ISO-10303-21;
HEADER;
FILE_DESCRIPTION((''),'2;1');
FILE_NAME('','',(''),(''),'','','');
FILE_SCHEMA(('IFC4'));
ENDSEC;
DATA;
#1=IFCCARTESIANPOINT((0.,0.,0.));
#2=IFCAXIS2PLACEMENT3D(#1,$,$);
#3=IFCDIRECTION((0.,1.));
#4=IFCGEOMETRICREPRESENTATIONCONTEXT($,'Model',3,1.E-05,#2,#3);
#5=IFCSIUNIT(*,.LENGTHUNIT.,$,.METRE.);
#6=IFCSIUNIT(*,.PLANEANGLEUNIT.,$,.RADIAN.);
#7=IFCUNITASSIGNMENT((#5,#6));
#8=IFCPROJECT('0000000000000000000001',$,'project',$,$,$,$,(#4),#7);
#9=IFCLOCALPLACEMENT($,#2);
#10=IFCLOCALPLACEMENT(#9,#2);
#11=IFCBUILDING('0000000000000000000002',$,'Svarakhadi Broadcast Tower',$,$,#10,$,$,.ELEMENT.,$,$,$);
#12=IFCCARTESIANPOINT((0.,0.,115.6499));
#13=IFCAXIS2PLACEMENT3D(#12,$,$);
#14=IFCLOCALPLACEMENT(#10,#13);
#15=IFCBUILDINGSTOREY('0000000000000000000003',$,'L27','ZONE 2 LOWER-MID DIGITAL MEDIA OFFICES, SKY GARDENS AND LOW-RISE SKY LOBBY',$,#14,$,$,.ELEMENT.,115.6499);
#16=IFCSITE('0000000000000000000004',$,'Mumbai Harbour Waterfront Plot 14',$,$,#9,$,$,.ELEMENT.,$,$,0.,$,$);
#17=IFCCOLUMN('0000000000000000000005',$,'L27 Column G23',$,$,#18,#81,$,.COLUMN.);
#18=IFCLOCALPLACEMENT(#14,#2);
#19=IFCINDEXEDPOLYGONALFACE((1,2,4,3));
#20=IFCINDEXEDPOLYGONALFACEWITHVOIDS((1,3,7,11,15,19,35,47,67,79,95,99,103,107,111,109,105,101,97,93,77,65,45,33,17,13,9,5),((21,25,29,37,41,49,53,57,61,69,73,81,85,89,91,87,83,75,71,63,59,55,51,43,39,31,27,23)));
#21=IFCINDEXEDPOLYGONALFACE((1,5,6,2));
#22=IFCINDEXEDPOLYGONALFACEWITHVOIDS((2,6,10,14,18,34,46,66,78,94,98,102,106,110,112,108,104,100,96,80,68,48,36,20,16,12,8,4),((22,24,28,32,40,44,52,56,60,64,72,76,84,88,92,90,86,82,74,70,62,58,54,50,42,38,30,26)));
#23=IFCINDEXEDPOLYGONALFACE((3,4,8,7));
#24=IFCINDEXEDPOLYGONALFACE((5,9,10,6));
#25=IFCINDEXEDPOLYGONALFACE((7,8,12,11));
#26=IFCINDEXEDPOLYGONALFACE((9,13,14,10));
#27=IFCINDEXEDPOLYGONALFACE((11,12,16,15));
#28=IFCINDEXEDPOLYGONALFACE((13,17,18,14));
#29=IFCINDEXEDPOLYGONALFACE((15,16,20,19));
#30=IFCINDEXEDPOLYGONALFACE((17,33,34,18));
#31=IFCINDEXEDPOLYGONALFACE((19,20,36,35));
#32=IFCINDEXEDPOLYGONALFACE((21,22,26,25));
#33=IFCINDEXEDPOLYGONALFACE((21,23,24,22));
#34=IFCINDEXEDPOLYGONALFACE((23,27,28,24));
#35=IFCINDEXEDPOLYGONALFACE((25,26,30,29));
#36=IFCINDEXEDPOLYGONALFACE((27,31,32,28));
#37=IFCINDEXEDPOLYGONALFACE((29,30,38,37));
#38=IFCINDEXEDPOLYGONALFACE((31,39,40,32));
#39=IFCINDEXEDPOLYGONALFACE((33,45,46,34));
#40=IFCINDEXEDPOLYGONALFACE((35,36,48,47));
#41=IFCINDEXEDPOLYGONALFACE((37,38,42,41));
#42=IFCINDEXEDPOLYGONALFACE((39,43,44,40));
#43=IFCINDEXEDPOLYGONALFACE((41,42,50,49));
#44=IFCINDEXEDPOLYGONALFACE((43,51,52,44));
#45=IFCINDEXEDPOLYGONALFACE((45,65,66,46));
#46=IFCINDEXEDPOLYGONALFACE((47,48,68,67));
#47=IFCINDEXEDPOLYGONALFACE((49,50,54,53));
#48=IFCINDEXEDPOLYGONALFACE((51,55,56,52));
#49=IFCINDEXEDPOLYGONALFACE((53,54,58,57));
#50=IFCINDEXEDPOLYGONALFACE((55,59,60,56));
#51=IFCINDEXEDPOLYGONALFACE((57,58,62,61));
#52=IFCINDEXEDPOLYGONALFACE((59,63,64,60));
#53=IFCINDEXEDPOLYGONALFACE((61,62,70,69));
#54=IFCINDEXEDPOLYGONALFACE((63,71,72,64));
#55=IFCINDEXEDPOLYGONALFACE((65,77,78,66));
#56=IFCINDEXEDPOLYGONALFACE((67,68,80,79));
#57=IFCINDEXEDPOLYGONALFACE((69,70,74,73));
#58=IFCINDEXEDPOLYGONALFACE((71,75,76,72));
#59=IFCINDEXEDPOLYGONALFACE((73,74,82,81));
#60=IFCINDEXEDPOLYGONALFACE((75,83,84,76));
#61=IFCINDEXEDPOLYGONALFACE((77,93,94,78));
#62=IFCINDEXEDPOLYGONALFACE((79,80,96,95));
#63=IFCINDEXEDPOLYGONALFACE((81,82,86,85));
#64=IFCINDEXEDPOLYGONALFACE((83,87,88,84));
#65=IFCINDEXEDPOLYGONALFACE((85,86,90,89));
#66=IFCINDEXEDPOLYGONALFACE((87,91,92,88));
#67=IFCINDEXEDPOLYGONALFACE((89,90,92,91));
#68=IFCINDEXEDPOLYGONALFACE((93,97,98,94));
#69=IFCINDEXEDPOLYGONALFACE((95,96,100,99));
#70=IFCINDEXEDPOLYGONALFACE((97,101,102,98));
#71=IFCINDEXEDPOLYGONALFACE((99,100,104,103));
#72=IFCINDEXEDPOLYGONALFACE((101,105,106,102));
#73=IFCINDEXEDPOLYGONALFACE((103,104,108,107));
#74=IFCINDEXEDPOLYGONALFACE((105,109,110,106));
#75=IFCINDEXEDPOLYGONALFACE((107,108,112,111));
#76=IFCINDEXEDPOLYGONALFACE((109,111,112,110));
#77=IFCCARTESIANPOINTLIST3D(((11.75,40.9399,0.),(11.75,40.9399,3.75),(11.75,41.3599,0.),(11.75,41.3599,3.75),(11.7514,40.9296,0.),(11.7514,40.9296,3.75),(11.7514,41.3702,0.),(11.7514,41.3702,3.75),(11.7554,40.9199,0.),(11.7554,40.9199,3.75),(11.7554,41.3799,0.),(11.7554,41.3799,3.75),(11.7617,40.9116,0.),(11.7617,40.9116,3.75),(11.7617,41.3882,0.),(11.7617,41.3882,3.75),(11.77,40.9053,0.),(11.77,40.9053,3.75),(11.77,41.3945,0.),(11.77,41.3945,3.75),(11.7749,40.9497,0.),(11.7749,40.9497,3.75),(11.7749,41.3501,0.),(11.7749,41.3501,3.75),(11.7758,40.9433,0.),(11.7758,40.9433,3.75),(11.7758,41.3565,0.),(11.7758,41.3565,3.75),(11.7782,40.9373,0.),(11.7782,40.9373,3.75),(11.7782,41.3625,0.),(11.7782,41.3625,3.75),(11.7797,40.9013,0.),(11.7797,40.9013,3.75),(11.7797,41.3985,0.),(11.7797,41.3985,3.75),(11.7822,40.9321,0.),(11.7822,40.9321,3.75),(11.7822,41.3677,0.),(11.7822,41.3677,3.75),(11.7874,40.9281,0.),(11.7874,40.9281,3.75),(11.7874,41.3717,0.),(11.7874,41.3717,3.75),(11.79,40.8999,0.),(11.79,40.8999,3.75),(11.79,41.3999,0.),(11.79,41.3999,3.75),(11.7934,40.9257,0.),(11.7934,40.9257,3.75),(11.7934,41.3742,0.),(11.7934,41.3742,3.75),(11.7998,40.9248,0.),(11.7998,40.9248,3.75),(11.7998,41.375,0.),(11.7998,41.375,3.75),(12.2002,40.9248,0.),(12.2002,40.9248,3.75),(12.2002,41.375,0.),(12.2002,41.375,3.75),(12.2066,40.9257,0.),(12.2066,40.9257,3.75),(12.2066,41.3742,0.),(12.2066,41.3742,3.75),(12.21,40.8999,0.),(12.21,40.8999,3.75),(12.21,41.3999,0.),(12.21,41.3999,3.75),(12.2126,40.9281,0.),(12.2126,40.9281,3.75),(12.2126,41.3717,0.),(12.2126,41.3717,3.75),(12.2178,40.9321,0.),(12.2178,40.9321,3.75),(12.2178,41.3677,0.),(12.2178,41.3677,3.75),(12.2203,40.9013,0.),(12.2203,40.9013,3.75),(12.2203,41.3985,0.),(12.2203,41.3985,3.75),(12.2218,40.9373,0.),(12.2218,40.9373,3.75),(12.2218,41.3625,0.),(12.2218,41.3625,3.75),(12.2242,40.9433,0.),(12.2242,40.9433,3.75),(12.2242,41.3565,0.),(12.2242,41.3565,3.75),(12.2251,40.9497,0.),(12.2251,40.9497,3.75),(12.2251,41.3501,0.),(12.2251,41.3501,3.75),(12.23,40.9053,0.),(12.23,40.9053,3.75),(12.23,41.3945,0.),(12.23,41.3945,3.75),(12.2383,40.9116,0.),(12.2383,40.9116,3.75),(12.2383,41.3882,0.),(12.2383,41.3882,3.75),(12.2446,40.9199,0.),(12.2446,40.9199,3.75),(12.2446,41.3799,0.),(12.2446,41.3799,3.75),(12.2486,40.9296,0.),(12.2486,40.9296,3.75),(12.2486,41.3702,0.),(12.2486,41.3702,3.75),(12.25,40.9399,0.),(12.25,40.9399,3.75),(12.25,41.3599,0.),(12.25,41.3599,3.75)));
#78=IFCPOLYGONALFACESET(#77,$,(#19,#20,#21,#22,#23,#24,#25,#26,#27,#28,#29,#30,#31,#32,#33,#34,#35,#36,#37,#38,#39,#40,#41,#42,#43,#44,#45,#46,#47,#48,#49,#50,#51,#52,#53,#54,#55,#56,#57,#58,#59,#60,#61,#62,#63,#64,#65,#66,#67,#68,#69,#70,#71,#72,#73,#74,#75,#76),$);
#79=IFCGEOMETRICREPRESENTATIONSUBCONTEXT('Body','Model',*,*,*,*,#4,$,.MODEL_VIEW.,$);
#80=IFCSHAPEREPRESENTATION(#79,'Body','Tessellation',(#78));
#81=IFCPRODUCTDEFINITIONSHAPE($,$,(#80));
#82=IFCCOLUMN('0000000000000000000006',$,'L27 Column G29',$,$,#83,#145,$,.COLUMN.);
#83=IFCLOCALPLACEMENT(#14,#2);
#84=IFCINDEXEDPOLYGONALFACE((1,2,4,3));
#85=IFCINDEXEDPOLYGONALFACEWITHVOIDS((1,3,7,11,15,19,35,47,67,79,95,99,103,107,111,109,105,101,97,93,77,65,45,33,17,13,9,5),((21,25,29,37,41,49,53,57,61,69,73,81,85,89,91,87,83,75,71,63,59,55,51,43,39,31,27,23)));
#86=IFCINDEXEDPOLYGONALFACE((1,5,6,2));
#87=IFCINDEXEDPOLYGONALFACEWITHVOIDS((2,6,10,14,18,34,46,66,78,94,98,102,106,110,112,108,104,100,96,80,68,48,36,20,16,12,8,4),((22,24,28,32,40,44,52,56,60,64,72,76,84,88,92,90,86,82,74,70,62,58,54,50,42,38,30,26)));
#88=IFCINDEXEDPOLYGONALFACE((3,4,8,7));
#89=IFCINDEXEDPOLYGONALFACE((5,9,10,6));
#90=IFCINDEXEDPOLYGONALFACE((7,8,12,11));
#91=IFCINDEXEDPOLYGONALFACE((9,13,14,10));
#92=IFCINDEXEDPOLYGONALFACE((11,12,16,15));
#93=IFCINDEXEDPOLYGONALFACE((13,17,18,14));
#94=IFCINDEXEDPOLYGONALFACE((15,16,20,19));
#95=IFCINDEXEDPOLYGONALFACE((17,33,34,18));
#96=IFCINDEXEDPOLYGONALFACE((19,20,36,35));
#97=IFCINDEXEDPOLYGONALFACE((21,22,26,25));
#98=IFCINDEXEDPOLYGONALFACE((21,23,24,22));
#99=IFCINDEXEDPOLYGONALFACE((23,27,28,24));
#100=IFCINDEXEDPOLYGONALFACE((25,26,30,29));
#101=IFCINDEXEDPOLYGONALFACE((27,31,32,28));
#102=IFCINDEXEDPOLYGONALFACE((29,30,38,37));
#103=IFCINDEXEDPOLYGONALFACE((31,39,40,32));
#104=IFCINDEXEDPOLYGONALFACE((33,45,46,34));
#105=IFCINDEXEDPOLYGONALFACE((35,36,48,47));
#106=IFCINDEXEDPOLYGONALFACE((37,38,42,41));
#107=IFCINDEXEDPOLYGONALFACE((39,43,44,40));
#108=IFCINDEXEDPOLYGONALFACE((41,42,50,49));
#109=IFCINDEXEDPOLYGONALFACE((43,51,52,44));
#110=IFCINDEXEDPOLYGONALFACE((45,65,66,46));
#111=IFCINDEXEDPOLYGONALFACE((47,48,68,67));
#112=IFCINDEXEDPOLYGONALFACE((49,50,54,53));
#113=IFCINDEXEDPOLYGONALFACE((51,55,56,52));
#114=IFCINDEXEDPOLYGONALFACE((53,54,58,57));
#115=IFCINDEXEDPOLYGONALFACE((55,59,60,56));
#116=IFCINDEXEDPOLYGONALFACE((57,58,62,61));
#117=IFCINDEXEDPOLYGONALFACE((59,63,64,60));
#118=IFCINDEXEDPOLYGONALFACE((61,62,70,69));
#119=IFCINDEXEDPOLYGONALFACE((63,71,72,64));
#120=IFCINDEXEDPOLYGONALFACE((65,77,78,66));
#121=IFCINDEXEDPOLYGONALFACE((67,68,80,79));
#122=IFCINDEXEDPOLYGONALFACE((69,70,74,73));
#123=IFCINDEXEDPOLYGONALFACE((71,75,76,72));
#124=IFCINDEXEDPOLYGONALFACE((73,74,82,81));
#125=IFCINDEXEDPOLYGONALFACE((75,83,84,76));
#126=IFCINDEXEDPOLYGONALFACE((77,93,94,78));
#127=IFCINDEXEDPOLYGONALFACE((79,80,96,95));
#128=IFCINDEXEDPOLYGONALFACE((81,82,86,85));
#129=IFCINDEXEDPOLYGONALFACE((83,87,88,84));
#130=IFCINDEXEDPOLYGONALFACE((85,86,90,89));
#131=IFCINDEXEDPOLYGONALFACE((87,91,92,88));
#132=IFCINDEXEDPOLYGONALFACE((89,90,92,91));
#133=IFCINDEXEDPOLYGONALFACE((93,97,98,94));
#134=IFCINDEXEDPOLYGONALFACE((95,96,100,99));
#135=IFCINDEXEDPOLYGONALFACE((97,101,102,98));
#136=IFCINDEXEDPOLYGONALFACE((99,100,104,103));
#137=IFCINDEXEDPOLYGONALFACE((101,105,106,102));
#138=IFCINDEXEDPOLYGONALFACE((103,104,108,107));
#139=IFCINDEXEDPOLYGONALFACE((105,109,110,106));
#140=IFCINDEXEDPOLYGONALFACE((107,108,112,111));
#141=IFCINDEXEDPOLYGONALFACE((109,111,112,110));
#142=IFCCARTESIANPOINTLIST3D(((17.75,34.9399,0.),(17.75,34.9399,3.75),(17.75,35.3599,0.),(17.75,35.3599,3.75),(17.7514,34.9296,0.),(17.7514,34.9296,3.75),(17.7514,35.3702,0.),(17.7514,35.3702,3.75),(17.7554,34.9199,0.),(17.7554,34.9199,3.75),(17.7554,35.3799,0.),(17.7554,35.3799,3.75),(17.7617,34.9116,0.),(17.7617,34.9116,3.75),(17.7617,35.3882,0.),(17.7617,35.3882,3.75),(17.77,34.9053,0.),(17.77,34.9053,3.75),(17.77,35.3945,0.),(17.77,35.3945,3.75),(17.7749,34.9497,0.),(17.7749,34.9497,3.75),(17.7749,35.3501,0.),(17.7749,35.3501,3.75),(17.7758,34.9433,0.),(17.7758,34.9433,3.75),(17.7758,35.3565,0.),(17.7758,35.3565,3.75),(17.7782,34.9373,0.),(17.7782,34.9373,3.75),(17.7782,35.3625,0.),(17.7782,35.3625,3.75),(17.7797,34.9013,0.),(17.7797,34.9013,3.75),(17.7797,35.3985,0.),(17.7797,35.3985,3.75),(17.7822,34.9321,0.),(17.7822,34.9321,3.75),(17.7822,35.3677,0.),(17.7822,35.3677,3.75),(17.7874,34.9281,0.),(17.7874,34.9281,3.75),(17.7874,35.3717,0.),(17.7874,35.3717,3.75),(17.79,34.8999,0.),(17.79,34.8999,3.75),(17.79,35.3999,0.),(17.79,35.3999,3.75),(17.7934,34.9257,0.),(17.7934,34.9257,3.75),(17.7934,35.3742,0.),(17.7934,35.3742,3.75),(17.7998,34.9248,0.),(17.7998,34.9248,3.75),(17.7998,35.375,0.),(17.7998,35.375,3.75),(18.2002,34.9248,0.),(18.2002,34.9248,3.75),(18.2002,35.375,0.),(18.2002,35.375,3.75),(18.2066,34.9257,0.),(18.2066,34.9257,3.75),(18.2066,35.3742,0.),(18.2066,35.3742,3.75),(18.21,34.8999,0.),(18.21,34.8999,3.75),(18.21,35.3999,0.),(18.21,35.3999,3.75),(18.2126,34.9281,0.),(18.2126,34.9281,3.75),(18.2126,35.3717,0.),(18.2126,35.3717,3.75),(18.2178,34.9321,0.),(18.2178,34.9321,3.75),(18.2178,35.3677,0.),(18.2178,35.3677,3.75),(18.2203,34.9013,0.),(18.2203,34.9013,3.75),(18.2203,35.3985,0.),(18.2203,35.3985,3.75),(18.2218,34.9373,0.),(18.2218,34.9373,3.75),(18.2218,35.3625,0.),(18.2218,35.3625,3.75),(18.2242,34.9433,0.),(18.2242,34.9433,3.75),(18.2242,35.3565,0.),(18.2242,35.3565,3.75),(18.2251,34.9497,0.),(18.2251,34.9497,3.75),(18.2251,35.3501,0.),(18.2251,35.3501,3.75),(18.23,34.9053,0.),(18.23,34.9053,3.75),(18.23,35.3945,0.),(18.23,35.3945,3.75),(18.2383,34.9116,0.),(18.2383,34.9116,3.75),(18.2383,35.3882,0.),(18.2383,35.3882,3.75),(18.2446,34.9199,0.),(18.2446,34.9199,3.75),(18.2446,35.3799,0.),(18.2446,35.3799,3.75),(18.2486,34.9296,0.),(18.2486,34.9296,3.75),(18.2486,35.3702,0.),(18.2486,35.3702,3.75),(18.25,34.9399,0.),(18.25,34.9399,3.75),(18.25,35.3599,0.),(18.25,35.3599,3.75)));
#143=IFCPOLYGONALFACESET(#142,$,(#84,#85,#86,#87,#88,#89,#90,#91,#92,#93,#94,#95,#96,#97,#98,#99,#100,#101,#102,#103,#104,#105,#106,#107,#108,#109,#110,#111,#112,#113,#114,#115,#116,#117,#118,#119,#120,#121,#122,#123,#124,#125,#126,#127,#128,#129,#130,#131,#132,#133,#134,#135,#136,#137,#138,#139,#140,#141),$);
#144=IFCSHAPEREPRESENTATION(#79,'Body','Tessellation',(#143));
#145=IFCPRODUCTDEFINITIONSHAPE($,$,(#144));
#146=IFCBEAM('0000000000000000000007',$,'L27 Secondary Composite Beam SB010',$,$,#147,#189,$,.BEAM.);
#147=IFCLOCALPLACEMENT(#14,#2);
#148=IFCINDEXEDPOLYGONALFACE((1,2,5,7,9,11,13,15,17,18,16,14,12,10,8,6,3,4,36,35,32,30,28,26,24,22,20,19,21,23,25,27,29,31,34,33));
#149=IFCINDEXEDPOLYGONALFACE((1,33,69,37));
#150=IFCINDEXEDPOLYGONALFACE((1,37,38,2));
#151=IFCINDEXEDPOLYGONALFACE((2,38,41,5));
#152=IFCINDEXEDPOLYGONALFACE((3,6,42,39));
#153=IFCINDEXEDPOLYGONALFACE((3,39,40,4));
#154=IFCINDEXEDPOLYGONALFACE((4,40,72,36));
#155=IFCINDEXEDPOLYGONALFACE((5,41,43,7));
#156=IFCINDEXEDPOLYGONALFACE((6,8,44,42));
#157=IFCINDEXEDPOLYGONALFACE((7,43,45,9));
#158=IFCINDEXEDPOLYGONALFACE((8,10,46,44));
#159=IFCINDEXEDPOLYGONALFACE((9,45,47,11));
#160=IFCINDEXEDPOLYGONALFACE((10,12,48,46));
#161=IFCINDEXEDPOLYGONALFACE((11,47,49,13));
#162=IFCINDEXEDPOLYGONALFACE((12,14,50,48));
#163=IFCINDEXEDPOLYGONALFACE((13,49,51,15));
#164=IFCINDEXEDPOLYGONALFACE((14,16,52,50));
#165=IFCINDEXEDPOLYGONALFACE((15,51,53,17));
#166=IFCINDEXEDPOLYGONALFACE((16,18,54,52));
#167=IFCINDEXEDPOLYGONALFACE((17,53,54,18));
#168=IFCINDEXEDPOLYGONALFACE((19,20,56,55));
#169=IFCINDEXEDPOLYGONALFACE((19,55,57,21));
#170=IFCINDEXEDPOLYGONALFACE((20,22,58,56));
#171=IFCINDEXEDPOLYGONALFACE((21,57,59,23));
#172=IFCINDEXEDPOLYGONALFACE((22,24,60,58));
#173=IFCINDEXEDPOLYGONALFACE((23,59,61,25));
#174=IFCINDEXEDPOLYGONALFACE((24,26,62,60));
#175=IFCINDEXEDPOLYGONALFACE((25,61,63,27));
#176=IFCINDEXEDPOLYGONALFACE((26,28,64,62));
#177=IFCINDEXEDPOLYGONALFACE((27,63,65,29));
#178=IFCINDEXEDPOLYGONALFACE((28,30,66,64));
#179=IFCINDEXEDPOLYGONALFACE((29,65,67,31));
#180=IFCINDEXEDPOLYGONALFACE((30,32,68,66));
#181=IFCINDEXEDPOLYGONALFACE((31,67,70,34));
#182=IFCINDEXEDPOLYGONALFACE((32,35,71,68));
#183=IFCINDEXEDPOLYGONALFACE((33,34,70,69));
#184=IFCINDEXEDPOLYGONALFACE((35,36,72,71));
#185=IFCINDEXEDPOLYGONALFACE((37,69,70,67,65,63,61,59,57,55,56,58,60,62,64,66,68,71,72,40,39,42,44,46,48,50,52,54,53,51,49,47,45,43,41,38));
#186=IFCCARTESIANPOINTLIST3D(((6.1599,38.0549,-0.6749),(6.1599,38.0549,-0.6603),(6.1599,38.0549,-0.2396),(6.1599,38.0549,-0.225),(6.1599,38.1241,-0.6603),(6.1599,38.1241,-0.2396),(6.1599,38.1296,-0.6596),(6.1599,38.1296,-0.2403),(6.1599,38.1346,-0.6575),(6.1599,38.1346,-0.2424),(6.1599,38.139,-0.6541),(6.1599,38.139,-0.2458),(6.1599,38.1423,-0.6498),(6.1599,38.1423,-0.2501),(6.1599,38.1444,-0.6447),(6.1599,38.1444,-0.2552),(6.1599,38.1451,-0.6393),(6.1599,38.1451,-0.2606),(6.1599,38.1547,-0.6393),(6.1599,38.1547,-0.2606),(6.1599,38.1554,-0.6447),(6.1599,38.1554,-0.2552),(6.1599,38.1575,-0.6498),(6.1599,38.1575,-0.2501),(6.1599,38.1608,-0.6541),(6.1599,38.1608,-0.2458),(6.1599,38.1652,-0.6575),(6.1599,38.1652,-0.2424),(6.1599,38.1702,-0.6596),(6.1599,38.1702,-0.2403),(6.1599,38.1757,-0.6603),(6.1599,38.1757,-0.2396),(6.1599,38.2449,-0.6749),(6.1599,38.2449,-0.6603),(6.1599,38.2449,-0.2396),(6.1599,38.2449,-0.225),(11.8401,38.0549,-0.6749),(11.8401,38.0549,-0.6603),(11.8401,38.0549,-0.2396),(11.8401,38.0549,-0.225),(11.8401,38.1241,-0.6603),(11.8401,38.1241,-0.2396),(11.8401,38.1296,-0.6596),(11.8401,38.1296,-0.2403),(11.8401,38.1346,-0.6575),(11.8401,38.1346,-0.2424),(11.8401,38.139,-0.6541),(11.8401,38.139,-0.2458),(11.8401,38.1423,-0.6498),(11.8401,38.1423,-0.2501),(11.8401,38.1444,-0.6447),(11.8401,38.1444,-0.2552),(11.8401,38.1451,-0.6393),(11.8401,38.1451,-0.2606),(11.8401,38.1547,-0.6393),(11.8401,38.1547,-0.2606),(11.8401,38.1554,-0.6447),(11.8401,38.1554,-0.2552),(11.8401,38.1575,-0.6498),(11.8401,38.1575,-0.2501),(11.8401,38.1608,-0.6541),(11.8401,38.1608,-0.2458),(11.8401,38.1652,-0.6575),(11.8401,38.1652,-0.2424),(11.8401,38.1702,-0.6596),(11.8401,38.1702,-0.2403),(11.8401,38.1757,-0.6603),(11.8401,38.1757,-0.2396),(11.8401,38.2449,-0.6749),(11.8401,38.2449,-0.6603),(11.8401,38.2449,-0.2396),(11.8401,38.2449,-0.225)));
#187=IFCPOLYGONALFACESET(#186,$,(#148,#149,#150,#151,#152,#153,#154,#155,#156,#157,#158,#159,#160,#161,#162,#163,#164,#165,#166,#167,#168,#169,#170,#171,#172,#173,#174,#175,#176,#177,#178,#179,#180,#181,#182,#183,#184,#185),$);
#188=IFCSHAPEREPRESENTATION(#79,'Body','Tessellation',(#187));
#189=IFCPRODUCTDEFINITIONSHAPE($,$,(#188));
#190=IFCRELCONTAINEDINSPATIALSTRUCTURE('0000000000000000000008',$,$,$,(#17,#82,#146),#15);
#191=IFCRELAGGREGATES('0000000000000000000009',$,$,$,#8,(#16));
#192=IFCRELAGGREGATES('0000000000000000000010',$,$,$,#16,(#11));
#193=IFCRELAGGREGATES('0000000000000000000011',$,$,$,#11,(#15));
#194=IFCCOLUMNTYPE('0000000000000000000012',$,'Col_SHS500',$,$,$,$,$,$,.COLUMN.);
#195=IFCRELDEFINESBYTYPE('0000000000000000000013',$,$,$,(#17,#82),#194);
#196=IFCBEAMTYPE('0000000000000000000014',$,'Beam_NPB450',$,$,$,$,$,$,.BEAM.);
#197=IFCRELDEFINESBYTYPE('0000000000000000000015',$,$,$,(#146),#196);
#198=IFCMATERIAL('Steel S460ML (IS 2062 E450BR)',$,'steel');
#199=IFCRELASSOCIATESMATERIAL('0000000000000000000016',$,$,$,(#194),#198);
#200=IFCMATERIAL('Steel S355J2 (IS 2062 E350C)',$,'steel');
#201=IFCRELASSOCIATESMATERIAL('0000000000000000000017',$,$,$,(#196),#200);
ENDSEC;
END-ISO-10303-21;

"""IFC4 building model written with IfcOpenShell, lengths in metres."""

from ifc_helpers import new_model, si_unit, direction, frame, origin, origin_2d, place, context, subcontext, project, spatial, hollow_rectangle, i_section, extrude, material, material_profile, profile_set, type_object, element, save


model = new_model("IFC4")

# Units and contexts
model_context = context("Model", 3, precision=1e-05, world=origin(), true_north=direction((0.0, 1.0)))
body_context = subcontext(model_context, "Body", "Model", "MODEL_VIEW")
ifc_project = project(units=[si_unit("LENGTHUNIT", "METRE"), si_unit("PLANEANGLEUNIT", "RADIAN")], contexts=[model_context])

# Site, building, storey
site_placement = place(None, origin())
site = spatial("IfcSite", under=ifc_project, at=site_placement, Name="Mumbai Harbour Waterfront Plot 14", CompositionType="ELEMENT", RefElevation=0.0)
building_placement = place(site_placement, origin())
building = spatial("IfcBuilding", under=site, at=building_placement, Name="Svarakhadi Broadcast Tower", CompositionType="ELEMENT")
storey_placement = place(building_placement, frame((0.0, 0.0, 115.6499)))
storey = spatial("IfcBuildingStorey", under=building, at=storey_placement, Name="L27", Description="ZONE 2 LOWER-MID DIGITAL MEDIA OFFICES, SKY GARDENS AND LOW-RISE SKY LOBBY", CompositionType="ELEMENT", Elevation=115.6499)

# Columns
ifc_material_1 = material(Name="Steel S460ML (IS 2062 E450BR)", Category="steel")
ifc_material_profile_1 = material_profile(ifc_material_1, hollow_rectangle(XDim=0.5, YDim=0.5, WallThickness=0.0249, InnerFilletRadius=0.0249, OuterFilletRadius=0.04, at=origin_2d()), Name="SHS 500x500x25")
ifc_profile_set_1 = profile_set([ifc_material_profile_1], Name="Steel S460ML (IS 2062 E450BR)")
column_type_1 = type_object("IfcColumnType", Name="Col_SHS500", PredefinedType="COLUMN", material=ifc_profile_set_1)
for number, where, z_axis, x_axis, name in (
    (1, (12.0, 41.1499, 0.0), (0.0, 0.0, 1.0), (1.0, 0.0, 0.0), "L27 Column G23"),
    (2, (18.0, 35.1499, 0.0), (0.0, 0.0, 1.0), (1.0, 0.0, 0.0), "L27 Column G29"),
):
    element("IfcColumn", number, at=place(storey_placement, frame(where, z_axis=z_axis, x_axis=x_axis)), inside=storey, type_object=column_type_1, Name=name, PredefinedType="COLUMN", context=body_context, shape_type="SweptSolid", body=[
        extrude(hollow_rectangle(XDim=0.5, YDim=0.5, WallThickness=0.0249, InnerFilletRadius=0.0249, OuterFilletRadius=0.04, at=origin_2d()), origin(), (0.0, 0.0, 1.0), 3.75),
    ])

# Beam
ifc_material_2 = material(Name="Steel S355J2 (IS 2062 E350C)", Category="steel")
ifc_material_profile_2 = material_profile(ifc_material_2, i_section(OverallWidth=0.1899, OverallDepth=0.45, WebThickness=0.0095, FlangeThickness=0.0146, FilletRadius=0.021, at=origin_2d()), Name="NPB 450x190x78")
ifc_profile_set_2 = profile_set([ifc_material_profile_2], Name="Steel S355J2 (IS 2062 E350C)")
beam_type_1 = type_object("IfcBeamType", Name="Beam_NPB450", PredefinedType="BEAM", material=ifc_profile_set_2)
for number, where, z_axis, x_axis, name in (
    (3, (6.1599, 38.1499, -0.45), (1.0, 0.0, 0.0), (0.0, 1.0, 0.0), "L27 Secondary Composite Beam SB010"),
):
    element("IfcBeam", number, at=place(storey_placement, frame(where, z_axis=z_axis, x_axis=x_axis)), inside=storey, type_object=beam_type_1, Name=name, PredefinedType="BEAM", context=body_context, shape_type="SweptSolid", body=[
        extrude(i_section(OverallWidth=0.1899, OverallDepth=0.45, WebThickness=0.0095, FlangeThickness=0.0146, FilletRadius=0.021, at=origin_2d()), origin(), (0.0, 0.0, 1.0), 5.6802),
    ])

save(model, "model.ifc")
